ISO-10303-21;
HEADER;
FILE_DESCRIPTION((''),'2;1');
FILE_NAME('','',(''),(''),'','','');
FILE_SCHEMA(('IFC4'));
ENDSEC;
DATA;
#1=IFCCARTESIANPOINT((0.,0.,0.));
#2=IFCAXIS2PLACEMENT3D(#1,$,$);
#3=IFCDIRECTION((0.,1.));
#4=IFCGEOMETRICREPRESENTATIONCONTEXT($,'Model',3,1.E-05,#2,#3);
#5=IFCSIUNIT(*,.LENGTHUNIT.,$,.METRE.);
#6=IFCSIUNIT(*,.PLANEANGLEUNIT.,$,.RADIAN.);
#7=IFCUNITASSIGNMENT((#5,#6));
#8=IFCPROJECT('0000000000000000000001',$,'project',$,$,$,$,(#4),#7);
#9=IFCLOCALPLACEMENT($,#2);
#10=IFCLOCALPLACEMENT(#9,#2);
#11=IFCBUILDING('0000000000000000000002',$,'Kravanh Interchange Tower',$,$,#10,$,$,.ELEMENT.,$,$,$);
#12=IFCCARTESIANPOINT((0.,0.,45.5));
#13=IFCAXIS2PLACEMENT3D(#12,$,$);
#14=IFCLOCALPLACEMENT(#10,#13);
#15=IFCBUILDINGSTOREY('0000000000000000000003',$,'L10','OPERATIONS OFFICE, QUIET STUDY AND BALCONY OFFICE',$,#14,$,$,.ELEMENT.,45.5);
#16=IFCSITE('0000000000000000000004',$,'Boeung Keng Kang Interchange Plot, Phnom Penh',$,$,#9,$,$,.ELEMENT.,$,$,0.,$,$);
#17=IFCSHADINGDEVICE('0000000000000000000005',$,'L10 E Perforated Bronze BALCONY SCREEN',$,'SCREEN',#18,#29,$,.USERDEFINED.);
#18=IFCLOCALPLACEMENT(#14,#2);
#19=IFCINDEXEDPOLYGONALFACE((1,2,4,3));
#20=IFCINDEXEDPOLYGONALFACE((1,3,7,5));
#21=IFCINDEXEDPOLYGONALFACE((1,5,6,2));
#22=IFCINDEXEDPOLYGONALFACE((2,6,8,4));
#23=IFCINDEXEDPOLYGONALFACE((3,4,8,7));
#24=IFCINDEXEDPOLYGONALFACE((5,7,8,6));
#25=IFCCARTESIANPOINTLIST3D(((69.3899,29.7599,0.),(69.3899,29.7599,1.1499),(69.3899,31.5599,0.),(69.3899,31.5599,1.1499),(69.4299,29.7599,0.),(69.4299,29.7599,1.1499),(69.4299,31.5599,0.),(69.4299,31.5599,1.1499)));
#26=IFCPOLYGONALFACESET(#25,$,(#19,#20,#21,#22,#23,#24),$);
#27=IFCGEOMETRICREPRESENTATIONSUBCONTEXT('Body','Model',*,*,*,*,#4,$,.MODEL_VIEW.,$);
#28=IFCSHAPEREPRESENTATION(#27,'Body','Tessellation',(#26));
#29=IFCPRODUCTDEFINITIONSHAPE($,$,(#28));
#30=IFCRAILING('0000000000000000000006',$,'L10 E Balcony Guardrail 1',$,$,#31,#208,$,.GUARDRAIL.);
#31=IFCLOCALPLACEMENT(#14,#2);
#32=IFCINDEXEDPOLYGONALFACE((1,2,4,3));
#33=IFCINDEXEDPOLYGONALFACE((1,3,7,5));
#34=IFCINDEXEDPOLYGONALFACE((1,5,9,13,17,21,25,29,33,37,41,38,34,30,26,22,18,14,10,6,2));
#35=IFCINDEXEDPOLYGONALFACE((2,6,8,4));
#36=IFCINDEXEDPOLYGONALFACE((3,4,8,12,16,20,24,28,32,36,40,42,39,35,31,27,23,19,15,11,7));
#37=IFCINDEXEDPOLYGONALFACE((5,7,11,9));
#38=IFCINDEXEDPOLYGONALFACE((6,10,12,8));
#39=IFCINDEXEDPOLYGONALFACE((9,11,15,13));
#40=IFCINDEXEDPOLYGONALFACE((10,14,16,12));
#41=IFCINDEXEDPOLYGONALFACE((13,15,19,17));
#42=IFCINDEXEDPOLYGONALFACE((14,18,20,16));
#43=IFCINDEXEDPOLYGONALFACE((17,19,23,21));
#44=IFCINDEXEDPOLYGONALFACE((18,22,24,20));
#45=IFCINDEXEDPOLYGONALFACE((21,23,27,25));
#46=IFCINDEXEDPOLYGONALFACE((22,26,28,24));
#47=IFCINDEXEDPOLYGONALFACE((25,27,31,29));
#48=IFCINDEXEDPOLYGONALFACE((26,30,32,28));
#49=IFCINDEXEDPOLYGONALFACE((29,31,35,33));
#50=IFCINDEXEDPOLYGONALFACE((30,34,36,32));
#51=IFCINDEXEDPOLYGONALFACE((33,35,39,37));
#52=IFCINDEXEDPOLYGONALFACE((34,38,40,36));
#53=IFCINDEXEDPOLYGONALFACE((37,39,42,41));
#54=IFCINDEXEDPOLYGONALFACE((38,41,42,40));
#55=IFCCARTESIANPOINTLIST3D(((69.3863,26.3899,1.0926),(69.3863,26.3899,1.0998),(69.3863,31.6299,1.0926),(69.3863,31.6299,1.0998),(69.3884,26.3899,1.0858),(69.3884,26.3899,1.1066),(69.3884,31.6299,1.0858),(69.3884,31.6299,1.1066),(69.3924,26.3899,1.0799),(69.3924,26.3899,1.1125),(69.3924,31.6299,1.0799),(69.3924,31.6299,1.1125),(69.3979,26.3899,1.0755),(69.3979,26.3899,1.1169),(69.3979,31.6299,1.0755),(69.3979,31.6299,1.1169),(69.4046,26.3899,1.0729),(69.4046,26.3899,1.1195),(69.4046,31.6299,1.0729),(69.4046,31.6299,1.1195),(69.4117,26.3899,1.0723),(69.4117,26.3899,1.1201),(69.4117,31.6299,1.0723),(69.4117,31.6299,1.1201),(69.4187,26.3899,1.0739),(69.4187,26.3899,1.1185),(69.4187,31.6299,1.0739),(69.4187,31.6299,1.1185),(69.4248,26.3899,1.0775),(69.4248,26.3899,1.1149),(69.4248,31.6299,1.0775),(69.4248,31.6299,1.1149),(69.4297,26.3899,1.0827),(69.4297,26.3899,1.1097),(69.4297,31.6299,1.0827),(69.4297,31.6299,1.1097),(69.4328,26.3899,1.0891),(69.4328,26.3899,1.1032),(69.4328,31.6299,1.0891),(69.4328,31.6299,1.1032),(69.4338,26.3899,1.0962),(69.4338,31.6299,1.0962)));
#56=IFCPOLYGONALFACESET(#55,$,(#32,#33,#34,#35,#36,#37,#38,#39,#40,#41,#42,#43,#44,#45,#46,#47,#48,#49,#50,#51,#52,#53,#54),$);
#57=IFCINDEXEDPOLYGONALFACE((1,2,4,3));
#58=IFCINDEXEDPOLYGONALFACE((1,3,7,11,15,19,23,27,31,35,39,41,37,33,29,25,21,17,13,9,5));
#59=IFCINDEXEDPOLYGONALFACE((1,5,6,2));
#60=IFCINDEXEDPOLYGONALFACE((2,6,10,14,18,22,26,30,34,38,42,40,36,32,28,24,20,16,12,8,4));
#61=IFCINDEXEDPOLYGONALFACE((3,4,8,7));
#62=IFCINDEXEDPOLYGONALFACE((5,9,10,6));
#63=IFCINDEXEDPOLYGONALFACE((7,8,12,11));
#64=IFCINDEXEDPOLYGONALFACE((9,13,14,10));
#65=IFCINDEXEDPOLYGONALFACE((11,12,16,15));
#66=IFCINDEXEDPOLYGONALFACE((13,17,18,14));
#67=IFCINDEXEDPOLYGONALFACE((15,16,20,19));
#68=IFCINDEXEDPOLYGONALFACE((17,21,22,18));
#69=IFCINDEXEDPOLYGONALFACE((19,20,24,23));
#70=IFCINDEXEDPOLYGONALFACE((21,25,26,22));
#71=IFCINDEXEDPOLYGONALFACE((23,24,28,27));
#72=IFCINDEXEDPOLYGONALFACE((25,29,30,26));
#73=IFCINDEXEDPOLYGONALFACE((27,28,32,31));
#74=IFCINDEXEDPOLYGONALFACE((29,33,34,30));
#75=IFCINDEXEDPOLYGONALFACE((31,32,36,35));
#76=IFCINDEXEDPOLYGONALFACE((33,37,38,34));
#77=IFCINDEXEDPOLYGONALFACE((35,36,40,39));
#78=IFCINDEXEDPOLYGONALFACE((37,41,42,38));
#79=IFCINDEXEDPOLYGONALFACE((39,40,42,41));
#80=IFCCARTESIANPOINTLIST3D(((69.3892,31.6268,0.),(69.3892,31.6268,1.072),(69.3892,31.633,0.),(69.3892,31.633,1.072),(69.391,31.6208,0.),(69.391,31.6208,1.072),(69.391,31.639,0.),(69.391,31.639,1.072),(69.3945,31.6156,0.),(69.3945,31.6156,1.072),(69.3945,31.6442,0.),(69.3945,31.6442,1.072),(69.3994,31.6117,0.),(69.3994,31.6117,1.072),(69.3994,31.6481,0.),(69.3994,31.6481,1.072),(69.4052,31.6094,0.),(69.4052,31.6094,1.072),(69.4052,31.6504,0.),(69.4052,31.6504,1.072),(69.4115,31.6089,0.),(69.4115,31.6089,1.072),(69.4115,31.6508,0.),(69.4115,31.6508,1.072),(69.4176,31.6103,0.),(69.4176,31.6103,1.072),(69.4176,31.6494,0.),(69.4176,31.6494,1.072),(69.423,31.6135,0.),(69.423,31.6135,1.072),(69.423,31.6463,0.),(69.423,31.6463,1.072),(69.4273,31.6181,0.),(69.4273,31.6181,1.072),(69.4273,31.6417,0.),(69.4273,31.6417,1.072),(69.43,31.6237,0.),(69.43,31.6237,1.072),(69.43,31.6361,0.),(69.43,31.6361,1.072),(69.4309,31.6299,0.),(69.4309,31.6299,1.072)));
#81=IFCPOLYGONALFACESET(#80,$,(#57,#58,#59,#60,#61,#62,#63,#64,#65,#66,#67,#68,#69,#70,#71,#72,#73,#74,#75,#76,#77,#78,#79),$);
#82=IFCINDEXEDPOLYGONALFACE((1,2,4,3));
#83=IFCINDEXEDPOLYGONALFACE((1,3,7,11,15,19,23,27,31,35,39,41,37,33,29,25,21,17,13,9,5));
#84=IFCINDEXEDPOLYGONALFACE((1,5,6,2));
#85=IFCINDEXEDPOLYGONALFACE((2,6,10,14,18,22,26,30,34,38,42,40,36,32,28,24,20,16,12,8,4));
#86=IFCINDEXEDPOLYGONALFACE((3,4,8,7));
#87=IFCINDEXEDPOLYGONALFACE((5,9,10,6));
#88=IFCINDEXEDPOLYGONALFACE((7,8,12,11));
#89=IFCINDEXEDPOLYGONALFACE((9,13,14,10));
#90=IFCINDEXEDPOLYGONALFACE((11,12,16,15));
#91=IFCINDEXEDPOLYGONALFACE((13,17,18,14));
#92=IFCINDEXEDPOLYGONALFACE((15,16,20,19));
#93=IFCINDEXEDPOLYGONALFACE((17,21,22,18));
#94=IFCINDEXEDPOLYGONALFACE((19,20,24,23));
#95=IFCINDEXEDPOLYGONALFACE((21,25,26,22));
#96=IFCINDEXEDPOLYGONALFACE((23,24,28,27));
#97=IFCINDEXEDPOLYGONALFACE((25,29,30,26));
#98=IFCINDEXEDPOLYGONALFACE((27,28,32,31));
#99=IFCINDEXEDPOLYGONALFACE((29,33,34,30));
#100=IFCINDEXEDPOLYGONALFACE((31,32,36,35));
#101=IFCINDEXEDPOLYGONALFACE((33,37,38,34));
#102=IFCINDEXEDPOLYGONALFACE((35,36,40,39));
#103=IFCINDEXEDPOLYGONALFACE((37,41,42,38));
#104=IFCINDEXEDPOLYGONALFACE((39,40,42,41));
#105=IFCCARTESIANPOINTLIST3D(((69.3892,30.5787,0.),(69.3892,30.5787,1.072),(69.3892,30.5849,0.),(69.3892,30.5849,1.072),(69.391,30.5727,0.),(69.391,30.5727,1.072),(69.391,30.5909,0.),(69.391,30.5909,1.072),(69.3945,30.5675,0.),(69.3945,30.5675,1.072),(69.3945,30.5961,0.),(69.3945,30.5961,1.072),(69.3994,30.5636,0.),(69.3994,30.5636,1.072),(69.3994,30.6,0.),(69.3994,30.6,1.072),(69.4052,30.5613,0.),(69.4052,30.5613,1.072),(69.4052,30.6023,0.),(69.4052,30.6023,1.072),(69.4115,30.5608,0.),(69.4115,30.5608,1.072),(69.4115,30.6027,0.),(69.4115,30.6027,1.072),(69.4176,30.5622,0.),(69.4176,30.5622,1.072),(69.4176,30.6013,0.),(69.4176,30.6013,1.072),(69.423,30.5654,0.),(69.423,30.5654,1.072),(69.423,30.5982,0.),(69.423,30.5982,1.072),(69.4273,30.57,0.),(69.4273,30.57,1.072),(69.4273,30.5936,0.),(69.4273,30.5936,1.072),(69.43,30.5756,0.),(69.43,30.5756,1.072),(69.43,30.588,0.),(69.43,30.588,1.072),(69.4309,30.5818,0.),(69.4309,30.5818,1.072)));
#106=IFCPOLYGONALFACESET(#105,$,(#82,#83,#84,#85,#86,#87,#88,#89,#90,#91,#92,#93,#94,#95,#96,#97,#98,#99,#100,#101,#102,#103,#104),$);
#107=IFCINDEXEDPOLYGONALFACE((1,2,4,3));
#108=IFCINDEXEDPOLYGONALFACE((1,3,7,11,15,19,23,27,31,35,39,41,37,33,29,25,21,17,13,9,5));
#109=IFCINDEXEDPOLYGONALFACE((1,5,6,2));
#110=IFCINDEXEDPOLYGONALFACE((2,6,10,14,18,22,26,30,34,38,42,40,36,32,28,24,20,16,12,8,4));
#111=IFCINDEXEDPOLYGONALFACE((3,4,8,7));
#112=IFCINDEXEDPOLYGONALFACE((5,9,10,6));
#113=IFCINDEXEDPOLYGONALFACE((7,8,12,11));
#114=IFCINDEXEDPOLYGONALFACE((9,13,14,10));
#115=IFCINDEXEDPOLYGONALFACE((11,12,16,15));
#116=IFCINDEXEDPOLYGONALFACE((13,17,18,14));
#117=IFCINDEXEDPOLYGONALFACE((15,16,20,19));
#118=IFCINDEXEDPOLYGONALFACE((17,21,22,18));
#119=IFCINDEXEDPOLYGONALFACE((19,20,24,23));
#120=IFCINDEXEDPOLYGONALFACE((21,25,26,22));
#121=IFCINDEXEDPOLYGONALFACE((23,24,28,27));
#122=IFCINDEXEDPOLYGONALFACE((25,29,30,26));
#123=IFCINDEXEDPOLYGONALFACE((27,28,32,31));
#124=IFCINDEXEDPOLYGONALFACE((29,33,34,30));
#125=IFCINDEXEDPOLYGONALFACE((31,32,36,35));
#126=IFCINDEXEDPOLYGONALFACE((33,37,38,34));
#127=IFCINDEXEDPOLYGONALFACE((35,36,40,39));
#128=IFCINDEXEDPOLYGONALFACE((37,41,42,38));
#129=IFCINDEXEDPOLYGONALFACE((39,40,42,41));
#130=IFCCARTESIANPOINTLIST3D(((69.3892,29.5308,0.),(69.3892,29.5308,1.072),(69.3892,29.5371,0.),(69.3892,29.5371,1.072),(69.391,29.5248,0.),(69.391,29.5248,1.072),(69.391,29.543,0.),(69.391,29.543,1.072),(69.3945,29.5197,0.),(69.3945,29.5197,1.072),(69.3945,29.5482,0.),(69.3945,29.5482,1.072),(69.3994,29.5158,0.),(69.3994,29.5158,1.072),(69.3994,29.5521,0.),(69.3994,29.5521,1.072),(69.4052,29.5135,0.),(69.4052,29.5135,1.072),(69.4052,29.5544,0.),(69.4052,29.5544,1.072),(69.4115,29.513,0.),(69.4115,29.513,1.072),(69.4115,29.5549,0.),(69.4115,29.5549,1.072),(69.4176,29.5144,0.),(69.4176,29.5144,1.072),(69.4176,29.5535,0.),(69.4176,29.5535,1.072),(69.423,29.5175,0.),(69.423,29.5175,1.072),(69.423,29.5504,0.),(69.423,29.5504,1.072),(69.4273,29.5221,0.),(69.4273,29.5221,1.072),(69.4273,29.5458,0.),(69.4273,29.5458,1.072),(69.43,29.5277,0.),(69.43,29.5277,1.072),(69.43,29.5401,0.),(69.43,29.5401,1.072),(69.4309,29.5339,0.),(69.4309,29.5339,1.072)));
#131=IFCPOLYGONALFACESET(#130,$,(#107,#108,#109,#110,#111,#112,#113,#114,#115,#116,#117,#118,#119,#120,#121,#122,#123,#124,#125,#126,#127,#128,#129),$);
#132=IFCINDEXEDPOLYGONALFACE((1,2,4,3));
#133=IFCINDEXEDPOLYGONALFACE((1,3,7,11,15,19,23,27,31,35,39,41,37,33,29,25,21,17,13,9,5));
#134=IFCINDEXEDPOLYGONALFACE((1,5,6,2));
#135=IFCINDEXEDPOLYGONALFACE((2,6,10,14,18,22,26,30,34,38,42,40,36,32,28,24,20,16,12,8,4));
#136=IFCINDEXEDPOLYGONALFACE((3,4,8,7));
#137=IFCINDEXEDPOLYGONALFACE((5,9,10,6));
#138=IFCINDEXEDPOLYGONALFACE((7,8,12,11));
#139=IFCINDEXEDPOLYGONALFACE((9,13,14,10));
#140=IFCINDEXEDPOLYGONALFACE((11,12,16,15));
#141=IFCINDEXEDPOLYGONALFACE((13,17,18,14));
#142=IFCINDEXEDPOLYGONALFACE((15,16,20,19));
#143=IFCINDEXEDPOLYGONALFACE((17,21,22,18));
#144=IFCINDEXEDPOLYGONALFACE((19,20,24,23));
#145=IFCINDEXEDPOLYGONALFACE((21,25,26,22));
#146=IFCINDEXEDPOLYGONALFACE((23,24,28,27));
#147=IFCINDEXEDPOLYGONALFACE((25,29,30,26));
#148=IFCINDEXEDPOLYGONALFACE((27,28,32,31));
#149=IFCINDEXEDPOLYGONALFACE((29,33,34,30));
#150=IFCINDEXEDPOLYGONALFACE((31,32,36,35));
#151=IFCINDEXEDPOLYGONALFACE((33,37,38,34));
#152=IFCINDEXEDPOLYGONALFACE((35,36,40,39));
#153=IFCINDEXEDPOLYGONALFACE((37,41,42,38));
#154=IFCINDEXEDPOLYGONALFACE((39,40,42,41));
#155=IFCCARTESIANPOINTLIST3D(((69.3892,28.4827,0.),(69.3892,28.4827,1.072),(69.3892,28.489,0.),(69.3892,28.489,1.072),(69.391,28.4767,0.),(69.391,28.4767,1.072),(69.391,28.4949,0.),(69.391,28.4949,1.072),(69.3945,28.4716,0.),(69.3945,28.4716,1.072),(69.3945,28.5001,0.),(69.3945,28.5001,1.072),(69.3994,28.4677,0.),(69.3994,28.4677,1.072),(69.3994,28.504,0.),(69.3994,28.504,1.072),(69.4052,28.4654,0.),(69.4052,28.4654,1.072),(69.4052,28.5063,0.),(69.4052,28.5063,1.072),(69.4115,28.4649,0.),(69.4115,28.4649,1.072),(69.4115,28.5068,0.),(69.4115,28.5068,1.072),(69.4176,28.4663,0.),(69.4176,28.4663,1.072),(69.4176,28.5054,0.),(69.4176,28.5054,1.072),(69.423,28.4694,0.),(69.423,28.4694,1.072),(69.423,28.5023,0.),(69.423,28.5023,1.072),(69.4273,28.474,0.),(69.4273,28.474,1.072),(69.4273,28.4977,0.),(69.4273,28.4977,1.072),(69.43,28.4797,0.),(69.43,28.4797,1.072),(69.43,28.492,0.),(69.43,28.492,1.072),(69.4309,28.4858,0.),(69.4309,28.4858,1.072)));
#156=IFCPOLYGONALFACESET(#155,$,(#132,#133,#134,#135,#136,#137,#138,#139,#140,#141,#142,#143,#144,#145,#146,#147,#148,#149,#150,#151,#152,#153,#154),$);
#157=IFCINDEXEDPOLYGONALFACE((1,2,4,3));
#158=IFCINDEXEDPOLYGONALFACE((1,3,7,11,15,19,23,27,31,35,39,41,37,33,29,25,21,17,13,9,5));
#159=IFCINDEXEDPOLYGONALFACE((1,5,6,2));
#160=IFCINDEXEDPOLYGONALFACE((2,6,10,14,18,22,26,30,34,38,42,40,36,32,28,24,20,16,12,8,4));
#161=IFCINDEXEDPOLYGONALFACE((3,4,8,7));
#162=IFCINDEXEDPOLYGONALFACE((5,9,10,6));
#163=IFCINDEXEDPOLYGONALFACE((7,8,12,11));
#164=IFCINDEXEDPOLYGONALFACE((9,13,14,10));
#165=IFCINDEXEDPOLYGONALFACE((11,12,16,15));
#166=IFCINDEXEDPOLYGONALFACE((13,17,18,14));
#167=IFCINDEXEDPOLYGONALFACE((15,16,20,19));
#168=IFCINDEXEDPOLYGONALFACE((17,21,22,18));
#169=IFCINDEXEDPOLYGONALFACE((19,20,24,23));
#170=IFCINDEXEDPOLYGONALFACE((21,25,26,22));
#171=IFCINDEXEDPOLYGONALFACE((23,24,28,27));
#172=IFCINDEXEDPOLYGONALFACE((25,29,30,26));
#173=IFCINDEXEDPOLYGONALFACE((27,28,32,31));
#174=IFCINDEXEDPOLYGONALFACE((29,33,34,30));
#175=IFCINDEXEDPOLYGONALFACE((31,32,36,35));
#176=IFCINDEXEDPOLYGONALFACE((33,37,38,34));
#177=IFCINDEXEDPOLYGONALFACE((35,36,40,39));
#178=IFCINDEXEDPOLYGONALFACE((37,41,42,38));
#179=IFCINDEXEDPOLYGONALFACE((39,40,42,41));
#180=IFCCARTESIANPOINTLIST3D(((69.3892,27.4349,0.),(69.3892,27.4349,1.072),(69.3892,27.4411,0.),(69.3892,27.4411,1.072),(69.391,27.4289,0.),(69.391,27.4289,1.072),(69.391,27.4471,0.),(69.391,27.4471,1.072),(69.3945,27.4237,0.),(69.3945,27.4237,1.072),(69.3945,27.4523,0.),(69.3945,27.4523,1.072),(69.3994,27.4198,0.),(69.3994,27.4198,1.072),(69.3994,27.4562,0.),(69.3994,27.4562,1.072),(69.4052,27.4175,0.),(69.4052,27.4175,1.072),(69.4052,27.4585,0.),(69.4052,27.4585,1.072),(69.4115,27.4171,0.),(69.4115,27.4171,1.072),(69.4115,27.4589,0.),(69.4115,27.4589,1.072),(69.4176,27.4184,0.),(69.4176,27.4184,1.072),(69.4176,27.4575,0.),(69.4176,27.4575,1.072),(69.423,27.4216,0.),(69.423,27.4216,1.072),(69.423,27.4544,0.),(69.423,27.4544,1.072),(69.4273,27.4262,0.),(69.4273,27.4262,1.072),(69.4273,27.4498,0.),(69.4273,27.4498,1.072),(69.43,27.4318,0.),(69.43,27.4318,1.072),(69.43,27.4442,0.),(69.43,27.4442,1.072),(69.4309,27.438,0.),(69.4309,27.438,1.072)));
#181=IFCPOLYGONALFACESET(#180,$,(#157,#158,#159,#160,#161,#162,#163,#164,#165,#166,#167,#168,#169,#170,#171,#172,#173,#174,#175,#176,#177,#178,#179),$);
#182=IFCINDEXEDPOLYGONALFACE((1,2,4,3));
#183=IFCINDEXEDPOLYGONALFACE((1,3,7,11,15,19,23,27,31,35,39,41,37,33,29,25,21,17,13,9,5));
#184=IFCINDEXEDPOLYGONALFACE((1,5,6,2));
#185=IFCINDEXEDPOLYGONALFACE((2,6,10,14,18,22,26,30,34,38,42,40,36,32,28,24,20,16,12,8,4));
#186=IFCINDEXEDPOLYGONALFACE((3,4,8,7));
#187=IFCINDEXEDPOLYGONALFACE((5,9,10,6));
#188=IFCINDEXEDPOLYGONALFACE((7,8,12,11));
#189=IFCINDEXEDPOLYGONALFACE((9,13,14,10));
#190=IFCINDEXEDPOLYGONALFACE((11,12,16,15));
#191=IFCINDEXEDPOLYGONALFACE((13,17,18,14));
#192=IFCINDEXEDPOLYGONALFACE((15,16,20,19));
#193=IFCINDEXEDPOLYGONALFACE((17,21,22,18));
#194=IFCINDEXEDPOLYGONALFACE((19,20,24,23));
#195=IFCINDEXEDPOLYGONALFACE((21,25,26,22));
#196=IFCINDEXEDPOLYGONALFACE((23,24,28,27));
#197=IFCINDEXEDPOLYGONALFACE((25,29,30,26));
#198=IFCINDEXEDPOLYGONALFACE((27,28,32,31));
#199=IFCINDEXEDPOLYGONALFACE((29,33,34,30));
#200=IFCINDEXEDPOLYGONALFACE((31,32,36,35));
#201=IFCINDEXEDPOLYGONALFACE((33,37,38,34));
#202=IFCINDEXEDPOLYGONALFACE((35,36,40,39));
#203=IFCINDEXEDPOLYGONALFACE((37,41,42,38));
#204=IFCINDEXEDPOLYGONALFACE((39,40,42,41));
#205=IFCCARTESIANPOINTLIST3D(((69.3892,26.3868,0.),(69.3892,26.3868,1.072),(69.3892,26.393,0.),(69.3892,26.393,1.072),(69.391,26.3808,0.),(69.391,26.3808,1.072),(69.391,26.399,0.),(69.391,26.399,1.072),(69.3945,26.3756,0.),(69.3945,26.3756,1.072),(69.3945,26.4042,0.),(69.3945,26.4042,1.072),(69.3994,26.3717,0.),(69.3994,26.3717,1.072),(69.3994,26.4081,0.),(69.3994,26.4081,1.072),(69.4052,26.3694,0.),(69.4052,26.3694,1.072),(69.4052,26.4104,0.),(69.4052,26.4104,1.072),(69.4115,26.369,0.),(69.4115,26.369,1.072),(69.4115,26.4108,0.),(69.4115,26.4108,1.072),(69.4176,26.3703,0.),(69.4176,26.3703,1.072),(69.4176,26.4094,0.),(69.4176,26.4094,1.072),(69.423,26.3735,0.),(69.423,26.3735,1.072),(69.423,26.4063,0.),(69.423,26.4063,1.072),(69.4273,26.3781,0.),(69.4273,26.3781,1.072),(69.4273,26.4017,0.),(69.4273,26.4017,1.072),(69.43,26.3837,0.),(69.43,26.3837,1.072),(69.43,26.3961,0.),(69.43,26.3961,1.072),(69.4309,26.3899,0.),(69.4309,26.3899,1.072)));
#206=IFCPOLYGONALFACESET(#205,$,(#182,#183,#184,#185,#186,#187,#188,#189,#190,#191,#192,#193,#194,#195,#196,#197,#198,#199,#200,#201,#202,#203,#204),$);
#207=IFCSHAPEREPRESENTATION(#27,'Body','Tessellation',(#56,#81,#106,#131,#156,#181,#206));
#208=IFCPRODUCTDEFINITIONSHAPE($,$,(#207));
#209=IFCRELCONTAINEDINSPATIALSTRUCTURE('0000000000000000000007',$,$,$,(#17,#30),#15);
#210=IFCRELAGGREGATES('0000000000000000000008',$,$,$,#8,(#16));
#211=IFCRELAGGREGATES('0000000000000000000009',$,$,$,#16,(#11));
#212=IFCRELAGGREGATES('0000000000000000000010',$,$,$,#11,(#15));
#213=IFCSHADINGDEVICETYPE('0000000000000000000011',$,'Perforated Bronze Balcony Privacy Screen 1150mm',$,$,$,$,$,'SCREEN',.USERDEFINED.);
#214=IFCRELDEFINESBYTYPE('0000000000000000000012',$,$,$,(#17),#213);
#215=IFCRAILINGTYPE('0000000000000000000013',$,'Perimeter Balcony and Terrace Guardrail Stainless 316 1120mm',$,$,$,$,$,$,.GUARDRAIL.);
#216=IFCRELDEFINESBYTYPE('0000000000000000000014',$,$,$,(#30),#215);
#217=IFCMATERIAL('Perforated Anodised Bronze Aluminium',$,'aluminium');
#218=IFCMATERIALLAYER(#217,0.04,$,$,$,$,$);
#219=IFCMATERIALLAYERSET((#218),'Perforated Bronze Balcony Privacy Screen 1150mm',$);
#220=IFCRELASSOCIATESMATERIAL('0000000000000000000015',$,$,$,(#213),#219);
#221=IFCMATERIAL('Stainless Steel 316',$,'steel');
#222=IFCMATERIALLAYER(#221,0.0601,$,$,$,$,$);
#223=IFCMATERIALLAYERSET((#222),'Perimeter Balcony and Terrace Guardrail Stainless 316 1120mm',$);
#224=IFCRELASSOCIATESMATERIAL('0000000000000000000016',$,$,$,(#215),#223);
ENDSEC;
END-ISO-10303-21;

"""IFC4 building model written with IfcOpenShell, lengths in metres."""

from ifc_helpers import new_model, si_unit, direction, frame, origin, origin_2d, place, context, subcontext, project, spatial, rectangle, circle, extrude, material, layer, layer_set, type_object, element, save


model = new_model("IFC4")

# Units and contexts
model_context = context("Model", 3, precision=1e-05, world=origin(), true_north=direction((0.0, 1.0)))
body_context = subcontext(model_context, "Body", "Model", "MODEL_VIEW")
ifc_project = project(units=[si_unit("LENGTHUNIT", "METRE"), si_unit("PLANEANGLEUNIT", "RADIAN")], contexts=[model_context])

# Site, building, storey
site_placement = place(None, origin())
site = spatial("IfcSite", under=ifc_project, at=site_placement, Name="Boeung Keng Kang Interchange Plot, Phnom Penh", CompositionType="ELEMENT", RefElevation=0.0)
building_placement = place(site_placement, origin())
building = spatial("IfcBuilding", under=site, at=building_placement, Name="Kravanh Interchange Tower", CompositionType="ELEMENT")
storey_placement = place(building_placement, frame((0.0, 0.0, 45.5)))
storey = spatial("IfcBuildingStorey", under=building, at=storey_placement, Name="L10", Description="OPERATIONS OFFICE, QUIET STUDY AND BALCONY OFFICE", CompositionType="ELEMENT", Elevation=45.5)

# Shading device
ifc_material_1 = material(Name="Perforated Anodised Bronze Aluminium", Category="aluminium")
ifc_layer_1 = layer(ifc_material_1, 0.04)
ifc_layer_set_1 = layer_set([ifc_layer_1], Name="Perforated Bronze Balcony Privacy Screen 1150mm")
shading_device_type = type_object("IfcShadingDeviceType", Name="Perforated Bronze Balcony Privacy Screen 1150mm", ElementType="SCREEN", PredefinedType="USERDEFINED", material=ifc_layer_set_1)
shading_device_placement = place(storey_placement, frame((69.4099, 30.6599, 0.0), z_axis=(0.0, 0.0, 1.0), x_axis=(1.0, 0.0, 0.0)))
element("IfcShadingDevice", 1, at=shading_device_placement, inside=storey, type_object=shading_device_type, Name="L10 E Perforated Bronze BALCONY SCREEN", ObjectType="SCREEN", PredefinedType="USERDEFINED", context=body_context, shape_type="SweptSolid", body=[
    extrude(rectangle(XDim=0.04, YDim=1.8, at=origin_2d()), origin(), (0.0, 0.0, 1.0), 1.1499),
])

# Railing
ifc_material_2 = material(Name="Stainless Steel 316", Category="steel")
ifc_layer_2 = layer(ifc_material_2, 0.0601)
ifc_layer_set_2 = layer_set([ifc_layer_2], Name="Perimeter Balcony and Terrace Guardrail Stainless 316 1120mm")
railing_type = type_object("IfcRailingType", Name="Perimeter Balcony and Terrace Guardrail Stainless 316 1120mm", PredefinedType="GUARDRAIL", material=ifc_layer_set_2)
railing_1_placement = place(storey_placement, frame((69.4099, 31.6299, 0.0)))
element("IfcRailing", 2, at=railing_1_placement, inside=storey, type_object=railing_type, Name="L10 E Balcony Guardrail 1", PredefinedType="GUARDRAIL", context=body_context, shape_type="SweptSolid", body=[
    extrude(circle(Radius=0.0239, at=origin_2d()), frame((0.0, 0.0, 1.0962), z_axis=(0.0, -1.0, 0.0), x_axis=(1.0, 0.0, 0.0)), (0.0, 0.0, 1.0), 5.24),
    extrude(circle(Radius=0.021, at=origin_2d()), origin(), (0.0, 0.0, 1.0), 1.072),
    extrude(circle(Radius=0.021, at=origin_2d()), frame((0.0, -1.0481, 0.0)), (0.0, 0.0, 1.0), 1.072),
    extrude(circle(Radius=0.021, at=origin_2d()), frame((0.0, -2.0959, 0.0)), (0.0, 0.0, 1.0), 1.072),
    extrude(circle(Radius=0.021, at=origin_2d()), frame((0.0, -3.144, 0.0)), (0.0, 0.0, 1.0), 1.072),
    extrude(circle(Radius=0.021, at=origin_2d()), frame((0.0, -4.1919, 0.0)), (0.0, 0.0, 1.0), 1.072),
    extrude(circle(Radius=0.021, at=origin_2d()), frame((0.0, -5.24, 0.0)), (0.0, 0.0, 1.0), 1.072),
])

save(model, "model.ifc")
